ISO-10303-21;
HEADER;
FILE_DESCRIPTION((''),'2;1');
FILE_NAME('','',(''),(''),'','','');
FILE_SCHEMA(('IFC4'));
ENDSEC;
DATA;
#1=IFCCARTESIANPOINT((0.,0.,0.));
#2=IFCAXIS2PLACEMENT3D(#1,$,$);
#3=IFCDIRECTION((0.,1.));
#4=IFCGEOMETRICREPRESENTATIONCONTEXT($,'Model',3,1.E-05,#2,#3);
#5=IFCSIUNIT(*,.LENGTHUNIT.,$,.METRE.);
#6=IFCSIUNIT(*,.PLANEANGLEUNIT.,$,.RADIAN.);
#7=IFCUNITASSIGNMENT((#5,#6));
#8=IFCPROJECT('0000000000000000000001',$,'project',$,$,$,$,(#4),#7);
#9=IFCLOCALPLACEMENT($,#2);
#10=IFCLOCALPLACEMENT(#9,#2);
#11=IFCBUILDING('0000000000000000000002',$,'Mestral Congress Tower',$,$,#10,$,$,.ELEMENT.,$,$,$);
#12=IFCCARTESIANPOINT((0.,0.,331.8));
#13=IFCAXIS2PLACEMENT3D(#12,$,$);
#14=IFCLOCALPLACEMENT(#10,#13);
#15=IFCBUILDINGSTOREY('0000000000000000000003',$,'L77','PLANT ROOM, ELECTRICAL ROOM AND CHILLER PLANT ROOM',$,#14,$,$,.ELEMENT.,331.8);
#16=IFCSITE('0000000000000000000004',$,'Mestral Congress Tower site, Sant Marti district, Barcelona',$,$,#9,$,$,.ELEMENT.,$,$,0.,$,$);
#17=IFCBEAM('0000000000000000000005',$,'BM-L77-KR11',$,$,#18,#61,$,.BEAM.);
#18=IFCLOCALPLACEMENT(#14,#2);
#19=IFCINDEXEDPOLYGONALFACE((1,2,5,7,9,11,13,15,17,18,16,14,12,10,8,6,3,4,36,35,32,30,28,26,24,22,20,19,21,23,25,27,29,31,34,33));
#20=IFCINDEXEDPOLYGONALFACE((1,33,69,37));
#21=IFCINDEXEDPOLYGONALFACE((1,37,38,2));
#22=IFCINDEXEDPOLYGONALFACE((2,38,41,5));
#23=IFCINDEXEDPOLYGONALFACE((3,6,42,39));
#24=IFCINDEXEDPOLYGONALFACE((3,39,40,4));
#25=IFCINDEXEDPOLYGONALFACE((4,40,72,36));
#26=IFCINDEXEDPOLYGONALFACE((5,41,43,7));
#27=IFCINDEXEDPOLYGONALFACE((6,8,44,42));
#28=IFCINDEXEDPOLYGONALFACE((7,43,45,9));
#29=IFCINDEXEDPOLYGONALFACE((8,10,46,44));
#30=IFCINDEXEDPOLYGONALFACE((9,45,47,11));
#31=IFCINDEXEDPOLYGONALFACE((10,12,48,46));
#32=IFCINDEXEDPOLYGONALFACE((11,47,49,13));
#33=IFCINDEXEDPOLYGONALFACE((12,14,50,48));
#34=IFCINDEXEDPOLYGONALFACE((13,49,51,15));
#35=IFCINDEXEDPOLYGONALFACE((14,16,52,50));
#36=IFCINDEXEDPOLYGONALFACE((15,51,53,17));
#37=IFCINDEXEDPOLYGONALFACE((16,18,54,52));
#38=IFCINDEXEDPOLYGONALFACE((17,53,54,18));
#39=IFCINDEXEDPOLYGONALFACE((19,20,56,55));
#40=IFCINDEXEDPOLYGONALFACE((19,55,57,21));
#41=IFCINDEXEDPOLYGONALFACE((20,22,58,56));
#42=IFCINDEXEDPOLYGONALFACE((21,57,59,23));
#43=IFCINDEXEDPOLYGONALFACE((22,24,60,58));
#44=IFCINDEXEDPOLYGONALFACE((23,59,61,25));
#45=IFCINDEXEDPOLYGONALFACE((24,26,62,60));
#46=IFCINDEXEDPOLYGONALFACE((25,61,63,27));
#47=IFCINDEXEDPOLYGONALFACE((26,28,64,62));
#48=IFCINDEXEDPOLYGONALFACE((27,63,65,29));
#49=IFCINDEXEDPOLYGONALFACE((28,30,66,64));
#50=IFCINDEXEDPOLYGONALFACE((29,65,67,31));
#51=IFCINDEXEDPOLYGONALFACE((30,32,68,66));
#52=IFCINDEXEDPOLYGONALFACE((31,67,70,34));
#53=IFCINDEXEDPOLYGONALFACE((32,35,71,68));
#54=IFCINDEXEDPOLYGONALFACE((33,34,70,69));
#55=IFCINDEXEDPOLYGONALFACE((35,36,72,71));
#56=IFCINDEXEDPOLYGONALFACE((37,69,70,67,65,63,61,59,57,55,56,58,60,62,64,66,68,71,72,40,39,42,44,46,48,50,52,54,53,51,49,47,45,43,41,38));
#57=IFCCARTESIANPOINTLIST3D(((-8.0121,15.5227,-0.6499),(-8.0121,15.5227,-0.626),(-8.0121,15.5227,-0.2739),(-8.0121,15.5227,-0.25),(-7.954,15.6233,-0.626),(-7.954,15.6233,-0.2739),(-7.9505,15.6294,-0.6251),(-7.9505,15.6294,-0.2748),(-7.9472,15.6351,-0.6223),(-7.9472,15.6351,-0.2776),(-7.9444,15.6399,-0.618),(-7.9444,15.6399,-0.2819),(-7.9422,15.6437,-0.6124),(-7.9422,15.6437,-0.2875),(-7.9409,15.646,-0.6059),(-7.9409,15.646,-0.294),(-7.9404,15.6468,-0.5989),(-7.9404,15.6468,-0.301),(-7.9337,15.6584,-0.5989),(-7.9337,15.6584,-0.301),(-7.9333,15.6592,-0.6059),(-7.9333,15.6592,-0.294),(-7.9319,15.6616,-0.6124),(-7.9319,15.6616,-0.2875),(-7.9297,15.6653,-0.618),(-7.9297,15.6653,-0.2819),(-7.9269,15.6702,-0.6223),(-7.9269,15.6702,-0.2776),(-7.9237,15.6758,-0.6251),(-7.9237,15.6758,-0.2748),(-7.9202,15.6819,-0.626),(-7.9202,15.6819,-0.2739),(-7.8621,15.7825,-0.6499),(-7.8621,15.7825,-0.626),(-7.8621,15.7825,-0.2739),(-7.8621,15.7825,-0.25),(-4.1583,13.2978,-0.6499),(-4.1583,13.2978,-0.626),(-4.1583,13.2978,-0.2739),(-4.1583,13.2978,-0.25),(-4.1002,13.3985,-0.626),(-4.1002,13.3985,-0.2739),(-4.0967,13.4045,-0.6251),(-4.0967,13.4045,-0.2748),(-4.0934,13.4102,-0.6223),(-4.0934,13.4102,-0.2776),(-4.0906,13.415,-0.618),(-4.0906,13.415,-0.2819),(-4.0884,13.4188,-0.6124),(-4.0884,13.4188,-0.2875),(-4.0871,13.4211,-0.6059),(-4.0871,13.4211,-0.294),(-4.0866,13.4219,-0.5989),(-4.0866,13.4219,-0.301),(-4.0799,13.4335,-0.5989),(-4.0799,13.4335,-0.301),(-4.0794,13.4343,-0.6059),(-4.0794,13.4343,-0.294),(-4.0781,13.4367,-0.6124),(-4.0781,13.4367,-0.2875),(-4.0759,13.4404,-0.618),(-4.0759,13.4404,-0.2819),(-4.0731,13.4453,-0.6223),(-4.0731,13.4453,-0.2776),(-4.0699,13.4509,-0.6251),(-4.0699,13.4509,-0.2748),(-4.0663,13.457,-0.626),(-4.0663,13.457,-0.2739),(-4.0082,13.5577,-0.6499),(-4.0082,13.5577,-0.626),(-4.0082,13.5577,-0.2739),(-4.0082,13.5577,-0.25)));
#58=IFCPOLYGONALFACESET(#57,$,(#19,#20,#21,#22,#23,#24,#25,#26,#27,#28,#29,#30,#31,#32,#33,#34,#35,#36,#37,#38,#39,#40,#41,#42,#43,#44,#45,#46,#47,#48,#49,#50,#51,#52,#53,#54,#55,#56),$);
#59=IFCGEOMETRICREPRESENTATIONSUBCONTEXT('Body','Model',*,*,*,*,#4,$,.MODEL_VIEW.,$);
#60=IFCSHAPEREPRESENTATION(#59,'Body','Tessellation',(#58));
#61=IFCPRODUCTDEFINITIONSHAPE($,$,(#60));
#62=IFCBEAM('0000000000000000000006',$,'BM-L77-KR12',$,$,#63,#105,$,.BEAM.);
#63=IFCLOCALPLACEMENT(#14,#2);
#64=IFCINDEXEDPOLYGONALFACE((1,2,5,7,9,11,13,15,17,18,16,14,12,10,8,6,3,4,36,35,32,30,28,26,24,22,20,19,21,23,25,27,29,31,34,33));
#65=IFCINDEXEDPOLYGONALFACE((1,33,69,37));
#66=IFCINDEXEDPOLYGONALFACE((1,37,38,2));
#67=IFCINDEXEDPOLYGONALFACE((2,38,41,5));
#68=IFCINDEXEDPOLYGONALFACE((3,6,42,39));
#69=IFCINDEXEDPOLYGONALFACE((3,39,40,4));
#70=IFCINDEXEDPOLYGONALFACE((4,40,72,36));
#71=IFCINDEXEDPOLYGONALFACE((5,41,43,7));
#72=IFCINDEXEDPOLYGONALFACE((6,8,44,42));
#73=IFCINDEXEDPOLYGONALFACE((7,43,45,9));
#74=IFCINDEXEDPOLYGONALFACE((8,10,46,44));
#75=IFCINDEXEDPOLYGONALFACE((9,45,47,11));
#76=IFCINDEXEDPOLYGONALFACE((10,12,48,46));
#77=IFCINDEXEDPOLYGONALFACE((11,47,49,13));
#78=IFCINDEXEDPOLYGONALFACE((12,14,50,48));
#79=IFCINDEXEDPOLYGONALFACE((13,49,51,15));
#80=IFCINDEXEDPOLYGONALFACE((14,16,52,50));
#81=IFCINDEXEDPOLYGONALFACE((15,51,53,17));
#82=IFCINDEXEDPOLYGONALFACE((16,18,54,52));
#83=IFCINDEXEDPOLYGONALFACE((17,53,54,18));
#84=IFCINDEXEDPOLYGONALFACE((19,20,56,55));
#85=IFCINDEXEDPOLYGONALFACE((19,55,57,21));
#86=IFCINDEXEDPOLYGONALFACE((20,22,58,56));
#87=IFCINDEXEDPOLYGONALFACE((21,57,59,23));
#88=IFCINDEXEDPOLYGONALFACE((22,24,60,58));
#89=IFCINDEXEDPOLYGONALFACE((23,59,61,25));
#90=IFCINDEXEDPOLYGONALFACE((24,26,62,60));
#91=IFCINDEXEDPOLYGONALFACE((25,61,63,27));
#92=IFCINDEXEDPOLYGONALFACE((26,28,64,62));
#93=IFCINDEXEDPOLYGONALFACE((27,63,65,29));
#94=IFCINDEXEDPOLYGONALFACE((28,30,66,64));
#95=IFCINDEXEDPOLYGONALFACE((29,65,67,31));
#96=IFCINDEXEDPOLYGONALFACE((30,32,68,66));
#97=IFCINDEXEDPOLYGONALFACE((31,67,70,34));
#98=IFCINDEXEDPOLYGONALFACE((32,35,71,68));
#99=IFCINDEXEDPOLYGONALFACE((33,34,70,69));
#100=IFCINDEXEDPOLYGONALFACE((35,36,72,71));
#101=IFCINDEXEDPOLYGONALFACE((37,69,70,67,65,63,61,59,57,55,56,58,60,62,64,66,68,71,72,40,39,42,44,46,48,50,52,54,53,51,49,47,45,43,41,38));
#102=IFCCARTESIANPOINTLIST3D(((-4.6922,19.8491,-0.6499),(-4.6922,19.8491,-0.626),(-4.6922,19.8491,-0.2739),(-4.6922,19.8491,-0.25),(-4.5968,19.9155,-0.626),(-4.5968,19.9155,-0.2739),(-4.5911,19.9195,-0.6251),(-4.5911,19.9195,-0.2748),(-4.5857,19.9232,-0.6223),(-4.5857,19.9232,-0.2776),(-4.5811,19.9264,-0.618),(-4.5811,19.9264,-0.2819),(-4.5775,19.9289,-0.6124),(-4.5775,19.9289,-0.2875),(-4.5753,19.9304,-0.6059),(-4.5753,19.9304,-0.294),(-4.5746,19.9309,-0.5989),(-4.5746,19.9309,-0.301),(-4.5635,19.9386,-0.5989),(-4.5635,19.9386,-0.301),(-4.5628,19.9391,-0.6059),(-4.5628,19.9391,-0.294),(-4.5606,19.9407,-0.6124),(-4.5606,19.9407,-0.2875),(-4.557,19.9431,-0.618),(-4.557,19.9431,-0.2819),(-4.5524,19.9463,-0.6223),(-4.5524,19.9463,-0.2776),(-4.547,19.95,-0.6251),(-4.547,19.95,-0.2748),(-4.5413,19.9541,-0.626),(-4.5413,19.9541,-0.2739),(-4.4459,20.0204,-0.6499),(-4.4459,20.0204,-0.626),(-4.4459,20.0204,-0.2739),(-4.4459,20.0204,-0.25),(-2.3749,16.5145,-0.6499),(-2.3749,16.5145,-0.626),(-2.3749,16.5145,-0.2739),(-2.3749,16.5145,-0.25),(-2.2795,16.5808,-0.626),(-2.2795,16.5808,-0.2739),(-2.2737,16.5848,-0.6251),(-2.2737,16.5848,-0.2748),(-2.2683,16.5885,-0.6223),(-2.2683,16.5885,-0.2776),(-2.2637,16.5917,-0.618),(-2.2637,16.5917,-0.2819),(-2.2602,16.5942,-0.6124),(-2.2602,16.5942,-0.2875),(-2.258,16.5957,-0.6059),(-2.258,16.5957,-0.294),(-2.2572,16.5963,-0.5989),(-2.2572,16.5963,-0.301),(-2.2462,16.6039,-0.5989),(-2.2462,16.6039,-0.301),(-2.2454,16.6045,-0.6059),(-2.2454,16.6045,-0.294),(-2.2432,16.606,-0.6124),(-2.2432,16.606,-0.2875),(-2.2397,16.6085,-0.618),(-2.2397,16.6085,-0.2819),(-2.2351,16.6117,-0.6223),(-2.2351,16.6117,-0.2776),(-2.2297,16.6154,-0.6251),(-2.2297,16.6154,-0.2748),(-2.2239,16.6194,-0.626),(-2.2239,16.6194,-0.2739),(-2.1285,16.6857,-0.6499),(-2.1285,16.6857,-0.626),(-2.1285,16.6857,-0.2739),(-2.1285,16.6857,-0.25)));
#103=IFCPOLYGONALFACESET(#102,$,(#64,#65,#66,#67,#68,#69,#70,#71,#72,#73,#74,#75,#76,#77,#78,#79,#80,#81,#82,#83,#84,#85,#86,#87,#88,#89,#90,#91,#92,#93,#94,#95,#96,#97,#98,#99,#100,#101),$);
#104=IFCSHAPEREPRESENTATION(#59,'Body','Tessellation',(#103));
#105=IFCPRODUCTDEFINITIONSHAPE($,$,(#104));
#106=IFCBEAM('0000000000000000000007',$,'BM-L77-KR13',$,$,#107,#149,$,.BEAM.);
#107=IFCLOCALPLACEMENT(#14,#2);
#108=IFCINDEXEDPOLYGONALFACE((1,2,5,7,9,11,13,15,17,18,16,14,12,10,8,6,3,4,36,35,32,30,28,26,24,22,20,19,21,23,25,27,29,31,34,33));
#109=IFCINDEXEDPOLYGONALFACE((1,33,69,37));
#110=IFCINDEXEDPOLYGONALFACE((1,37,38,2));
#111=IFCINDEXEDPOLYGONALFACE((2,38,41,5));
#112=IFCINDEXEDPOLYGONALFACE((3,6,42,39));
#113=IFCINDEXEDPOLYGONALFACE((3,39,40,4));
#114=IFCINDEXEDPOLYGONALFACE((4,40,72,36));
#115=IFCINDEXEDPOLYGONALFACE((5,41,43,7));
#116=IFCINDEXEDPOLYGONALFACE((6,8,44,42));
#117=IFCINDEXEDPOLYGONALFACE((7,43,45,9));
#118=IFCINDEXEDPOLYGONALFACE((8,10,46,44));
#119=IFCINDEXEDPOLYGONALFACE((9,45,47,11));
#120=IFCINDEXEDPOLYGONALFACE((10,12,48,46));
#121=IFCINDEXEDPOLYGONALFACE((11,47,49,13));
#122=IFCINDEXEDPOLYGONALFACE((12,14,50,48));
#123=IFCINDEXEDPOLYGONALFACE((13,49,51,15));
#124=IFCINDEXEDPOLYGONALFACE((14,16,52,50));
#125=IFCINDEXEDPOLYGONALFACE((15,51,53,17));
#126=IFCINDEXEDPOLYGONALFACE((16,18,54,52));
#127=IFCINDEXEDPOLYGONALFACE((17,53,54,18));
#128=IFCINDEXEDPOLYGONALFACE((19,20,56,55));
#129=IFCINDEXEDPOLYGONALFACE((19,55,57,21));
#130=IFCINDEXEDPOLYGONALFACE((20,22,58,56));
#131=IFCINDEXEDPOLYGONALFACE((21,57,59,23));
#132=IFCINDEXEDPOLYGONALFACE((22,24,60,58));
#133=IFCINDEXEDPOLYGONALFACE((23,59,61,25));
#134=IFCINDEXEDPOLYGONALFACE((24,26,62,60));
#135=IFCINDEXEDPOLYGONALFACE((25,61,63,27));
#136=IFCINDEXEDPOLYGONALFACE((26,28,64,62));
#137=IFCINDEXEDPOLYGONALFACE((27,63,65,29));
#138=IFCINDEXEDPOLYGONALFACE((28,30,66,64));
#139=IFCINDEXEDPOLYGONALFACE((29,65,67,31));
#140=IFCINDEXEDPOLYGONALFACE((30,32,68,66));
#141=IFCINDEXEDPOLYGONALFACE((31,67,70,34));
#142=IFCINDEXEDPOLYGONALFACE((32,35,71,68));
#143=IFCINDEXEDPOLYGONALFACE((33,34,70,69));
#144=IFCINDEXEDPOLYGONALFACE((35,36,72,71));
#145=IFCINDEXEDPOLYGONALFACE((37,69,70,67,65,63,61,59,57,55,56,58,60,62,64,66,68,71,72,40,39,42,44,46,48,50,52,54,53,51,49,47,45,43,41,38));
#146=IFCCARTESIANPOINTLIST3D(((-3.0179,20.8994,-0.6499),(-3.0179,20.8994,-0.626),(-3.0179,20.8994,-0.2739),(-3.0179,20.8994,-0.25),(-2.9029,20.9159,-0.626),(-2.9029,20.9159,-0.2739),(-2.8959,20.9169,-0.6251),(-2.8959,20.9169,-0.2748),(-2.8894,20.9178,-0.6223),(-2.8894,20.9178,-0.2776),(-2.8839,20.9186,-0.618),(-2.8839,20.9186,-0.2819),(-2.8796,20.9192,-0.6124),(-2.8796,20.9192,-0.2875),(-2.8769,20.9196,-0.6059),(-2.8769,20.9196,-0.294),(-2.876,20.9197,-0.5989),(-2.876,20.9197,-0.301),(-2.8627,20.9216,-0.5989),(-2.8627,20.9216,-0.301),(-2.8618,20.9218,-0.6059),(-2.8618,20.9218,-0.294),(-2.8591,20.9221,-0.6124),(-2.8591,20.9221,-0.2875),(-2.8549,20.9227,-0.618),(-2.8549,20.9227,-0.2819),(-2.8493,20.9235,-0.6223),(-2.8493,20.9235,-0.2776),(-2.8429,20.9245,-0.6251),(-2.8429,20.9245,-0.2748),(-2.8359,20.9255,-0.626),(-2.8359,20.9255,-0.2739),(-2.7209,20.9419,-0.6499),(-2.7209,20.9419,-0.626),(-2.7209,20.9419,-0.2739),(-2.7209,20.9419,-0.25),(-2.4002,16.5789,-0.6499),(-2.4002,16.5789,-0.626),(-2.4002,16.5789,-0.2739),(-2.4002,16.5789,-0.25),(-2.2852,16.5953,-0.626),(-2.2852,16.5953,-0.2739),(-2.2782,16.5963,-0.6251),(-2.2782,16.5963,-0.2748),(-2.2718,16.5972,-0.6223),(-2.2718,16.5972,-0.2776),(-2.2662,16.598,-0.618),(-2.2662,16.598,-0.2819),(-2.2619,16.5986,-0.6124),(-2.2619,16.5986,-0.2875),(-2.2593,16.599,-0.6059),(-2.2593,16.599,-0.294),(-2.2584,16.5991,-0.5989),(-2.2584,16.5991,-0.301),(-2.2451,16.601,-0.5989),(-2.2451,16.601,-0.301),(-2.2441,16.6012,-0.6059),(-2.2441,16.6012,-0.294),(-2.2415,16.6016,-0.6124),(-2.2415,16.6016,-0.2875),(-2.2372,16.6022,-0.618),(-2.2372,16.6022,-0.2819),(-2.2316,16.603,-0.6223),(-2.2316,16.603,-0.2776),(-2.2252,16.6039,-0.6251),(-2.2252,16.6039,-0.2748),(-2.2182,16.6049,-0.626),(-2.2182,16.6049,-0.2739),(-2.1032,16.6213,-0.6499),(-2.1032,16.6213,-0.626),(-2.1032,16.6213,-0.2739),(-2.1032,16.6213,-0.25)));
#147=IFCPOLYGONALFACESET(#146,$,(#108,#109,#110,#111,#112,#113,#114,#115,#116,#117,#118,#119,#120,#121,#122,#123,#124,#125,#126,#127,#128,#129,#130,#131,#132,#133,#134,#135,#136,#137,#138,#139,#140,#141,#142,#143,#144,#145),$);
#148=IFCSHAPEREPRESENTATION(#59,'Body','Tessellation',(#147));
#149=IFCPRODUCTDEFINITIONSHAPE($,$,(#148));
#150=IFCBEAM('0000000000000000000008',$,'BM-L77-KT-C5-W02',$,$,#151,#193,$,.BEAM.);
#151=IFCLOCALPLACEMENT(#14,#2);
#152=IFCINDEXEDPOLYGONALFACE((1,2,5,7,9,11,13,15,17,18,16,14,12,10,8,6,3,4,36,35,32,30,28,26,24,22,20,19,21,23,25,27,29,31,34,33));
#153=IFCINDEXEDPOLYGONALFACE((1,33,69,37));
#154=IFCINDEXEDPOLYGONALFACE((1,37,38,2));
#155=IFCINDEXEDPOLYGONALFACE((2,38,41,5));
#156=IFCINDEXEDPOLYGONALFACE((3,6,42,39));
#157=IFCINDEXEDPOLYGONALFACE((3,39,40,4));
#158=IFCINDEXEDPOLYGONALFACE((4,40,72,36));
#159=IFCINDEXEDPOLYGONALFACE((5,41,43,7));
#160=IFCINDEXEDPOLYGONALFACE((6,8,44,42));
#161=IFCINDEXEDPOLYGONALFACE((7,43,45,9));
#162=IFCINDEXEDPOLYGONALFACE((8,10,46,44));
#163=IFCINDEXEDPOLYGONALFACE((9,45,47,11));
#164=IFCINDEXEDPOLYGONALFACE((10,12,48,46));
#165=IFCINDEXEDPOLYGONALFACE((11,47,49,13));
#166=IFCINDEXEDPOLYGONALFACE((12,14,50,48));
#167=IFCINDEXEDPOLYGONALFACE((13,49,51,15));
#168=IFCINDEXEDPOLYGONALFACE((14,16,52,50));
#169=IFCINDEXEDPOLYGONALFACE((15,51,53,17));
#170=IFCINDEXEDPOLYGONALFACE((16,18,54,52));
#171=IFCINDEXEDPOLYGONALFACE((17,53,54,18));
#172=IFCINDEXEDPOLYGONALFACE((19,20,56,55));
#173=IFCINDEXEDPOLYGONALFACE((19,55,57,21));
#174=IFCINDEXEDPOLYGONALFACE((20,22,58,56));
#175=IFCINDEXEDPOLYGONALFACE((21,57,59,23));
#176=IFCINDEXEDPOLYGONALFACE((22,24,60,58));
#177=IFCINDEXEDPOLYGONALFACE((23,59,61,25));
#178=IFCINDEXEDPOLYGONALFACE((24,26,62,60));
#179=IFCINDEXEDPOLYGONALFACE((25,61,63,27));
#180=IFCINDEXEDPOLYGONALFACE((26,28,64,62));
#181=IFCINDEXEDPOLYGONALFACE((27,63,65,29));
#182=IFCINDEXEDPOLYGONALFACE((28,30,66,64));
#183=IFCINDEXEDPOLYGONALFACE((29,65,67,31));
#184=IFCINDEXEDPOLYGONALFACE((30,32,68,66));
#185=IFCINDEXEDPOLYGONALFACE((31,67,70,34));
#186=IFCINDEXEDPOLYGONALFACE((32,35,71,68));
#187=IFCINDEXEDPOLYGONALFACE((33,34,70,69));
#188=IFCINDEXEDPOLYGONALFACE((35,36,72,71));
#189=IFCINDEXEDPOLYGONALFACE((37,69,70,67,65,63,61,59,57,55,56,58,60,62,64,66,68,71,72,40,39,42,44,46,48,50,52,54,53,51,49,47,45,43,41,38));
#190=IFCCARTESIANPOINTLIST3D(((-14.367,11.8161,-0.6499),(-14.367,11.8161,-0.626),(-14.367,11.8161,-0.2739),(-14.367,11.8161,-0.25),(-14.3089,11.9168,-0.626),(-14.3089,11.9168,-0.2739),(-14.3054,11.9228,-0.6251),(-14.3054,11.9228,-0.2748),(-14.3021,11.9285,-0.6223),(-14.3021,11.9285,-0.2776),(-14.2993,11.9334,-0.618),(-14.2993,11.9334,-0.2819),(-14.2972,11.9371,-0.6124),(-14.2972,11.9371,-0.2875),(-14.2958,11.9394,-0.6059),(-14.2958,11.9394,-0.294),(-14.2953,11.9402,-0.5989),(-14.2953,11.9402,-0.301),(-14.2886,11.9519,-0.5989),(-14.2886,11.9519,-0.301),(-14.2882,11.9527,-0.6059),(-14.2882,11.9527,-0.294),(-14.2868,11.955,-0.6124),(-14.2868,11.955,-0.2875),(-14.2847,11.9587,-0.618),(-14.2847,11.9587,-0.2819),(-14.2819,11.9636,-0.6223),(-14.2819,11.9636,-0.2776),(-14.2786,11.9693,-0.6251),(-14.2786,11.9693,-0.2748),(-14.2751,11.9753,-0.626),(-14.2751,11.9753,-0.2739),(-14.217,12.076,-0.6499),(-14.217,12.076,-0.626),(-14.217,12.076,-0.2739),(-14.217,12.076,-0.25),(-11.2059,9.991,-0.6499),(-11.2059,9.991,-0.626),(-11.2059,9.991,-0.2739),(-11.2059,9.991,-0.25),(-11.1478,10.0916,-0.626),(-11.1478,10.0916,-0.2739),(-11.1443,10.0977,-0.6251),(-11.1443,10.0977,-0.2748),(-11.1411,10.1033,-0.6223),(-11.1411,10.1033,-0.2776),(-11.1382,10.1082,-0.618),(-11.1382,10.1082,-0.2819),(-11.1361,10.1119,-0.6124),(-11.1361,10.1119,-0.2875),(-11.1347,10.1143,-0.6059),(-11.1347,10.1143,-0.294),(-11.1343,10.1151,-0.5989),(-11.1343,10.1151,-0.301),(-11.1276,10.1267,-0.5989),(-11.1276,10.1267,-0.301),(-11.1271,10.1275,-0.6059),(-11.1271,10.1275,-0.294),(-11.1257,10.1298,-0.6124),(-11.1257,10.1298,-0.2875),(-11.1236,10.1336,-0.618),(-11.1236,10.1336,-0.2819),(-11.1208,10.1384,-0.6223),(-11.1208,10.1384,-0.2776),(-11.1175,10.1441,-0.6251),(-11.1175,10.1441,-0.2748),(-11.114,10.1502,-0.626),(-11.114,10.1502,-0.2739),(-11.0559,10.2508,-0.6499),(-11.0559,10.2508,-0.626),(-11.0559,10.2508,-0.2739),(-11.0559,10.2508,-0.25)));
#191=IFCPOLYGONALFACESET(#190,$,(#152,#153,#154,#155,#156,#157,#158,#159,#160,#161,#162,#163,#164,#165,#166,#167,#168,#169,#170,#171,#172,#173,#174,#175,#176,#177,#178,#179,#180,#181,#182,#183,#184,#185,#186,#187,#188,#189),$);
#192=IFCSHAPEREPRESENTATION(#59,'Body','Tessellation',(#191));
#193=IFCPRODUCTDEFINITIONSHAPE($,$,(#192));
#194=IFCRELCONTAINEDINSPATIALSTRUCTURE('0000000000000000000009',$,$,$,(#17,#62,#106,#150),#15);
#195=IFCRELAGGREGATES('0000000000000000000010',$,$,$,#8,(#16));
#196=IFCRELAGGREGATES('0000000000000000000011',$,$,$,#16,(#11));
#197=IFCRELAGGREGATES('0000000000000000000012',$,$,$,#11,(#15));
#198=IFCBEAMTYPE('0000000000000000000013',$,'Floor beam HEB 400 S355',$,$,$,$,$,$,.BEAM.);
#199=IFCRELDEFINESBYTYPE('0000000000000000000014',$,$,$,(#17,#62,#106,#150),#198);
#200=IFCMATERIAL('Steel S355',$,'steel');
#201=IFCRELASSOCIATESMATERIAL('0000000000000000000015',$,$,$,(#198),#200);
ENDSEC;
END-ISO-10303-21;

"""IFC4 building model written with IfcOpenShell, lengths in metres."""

from ifc_helpers import new_model, si_unit, direction, frame, origin, origin_2d, place, context, subcontext, project, spatial, i_section, extrude, material, material_profile, profile_set, type_object, element, save


model = new_model("IFC4")

# Units and contexts
model_context = context("Model", 3, precision=1e-05, world=origin(), true_north=direction((0.0, 1.0)))
body_context = subcontext(model_context, "Body", "Model", "MODEL_VIEW")
ifc_project = project(units=[si_unit("LENGTHUNIT", "METRE"), si_unit("PLANEANGLEUNIT", "RADIAN")], contexts=[model_context])

# Site, building, storey
site_placement = place(None, origin())
site = spatial("IfcSite", under=ifc_project, at=site_placement, Name="Mestral Congress Tower site, Sant Marti district, Barcelona", CompositionType="ELEMENT", RefElevation=0.0)
building_placement = place(site_placement, origin())
building = spatial("IfcBuilding", under=site, at=building_placement, Name="Mestral Congress Tower", CompositionType="ELEMENT")
storey_placement = place(building_placement, frame((0.0, 0.0, 331.8)))
storey = spatial("IfcBuildingStorey", under=building, at=storey_placement, Name="L77", Description="PLANT ROOM, ELECTRICAL ROOM AND CHILLER PLANT ROOM", CompositionType="ELEMENT", Elevation=331.8)

# Shared definitions
ifc_material_1 = material(Name="Steel S355", Category="steel")

# Beams
ifc_material_profile_1 = material_profile(ifc_material_1, i_section(OverallWidth=0.3, OverallDepth=0.3999, WebThickness=0.0134, FlangeThickness=0.0239, FilletRadius=0.0271, at=origin_2d()), Name="HEB 400")
ifc_profile_set_1 = profile_set([ifc_material_profile_1], Name="Steel S355")
beam_type_1 = type_object("IfcBeamType", Name="Floor beam HEB 400 S355", PredefinedType="BEAM", material=ifc_profile_set_1)
beam_1_placement = place(storey_placement, frame((-4.0833, 13.4277, -0.45), z_axis=(-0.866037, 0.49998, 0.0), x_axis=(-0.49998, -0.866037, 0.0)))
element("IfcBeam", 1, at=beam_1_placement, inside=storey, type_object=beam_type_1, Name="BM-L77-KR11", PredefinedType="BEAM", context=body_context, shape_type="SweptSolid", body=[
    extrude(i_section(OverallWidth=0.3, OverallDepth=0.3999, WebThickness=0.0134, FlangeThickness=0.0239, FilletRadius=0.0271, at=origin_2d()), origin(), (0.0, 0.0, 1.0), 4.45),
])
beam_2_placement = place(storey_placement, frame((-2.2517, 16.6001, -0.45), z_axis=(-0.570663, 0.821184, 0.0), x_axis=(-0.821184, -0.570663, 0.0)))
element("IfcBeam", 2, at=beam_2_placement, inside=storey, type_object=beam_type_1, Name="BM-L77-KR12", PredefinedType="BEAM", context=body_context, shape_type="SweptSolid", body=[
    extrude(i_section(OverallWidth=0.3, OverallDepth=0.3999, WebThickness=0.0134, FlangeThickness=0.0239, FilletRadius=0.0271, at=origin_2d()), origin(), (0.0, 0.0, 1.0), 4.0608),
])
beam_3_placement = place(storey_placement, frame((-2.2517, 16.6001, -0.45), z_axis=(-0.141523, 0.989935, 0.0), x_axis=(-0.989935, -0.141523, 0.0)))
element("IfcBeam", 3, at=beam_3_placement, inside=storey, type_object=beam_type_1, Name="BM-L77-KR13", PredefinedType="BEAM", context=body_context, shape_type="SweptSolid", body=[
    extrude(i_section(OverallWidth=0.3, OverallDepth=0.3999, WebThickness=0.0134, FlangeThickness=0.0239, FilletRadius=0.0271, at=origin_2d()), origin(), (0.0, 0.0, 1.0), 4.3645),
])
beam_4_placement = place(storey_placement, frame((-14.292, 11.946, -0.45), z_axis=(0.866012, -0.500024, 0.0), x_axis=(0.500024, 0.866012, 0.0)))
element("IfcBeam", 4, at=beam_4_placement, inside=storey, type_object=beam_type_1, Name="BM-L77-KT-C5-W02", PredefinedType="BEAM", context=body_context, shape_type="SweptSolid", body=[
    extrude(i_section(OverallWidth=0.3, OverallDepth=0.3999, WebThickness=0.0134, FlangeThickness=0.0239, FilletRadius=0.0271, at=origin_2d()), origin(), (0.0, 0.0, 1.0), 3.6501),
])

save(model, "model.ifc")
